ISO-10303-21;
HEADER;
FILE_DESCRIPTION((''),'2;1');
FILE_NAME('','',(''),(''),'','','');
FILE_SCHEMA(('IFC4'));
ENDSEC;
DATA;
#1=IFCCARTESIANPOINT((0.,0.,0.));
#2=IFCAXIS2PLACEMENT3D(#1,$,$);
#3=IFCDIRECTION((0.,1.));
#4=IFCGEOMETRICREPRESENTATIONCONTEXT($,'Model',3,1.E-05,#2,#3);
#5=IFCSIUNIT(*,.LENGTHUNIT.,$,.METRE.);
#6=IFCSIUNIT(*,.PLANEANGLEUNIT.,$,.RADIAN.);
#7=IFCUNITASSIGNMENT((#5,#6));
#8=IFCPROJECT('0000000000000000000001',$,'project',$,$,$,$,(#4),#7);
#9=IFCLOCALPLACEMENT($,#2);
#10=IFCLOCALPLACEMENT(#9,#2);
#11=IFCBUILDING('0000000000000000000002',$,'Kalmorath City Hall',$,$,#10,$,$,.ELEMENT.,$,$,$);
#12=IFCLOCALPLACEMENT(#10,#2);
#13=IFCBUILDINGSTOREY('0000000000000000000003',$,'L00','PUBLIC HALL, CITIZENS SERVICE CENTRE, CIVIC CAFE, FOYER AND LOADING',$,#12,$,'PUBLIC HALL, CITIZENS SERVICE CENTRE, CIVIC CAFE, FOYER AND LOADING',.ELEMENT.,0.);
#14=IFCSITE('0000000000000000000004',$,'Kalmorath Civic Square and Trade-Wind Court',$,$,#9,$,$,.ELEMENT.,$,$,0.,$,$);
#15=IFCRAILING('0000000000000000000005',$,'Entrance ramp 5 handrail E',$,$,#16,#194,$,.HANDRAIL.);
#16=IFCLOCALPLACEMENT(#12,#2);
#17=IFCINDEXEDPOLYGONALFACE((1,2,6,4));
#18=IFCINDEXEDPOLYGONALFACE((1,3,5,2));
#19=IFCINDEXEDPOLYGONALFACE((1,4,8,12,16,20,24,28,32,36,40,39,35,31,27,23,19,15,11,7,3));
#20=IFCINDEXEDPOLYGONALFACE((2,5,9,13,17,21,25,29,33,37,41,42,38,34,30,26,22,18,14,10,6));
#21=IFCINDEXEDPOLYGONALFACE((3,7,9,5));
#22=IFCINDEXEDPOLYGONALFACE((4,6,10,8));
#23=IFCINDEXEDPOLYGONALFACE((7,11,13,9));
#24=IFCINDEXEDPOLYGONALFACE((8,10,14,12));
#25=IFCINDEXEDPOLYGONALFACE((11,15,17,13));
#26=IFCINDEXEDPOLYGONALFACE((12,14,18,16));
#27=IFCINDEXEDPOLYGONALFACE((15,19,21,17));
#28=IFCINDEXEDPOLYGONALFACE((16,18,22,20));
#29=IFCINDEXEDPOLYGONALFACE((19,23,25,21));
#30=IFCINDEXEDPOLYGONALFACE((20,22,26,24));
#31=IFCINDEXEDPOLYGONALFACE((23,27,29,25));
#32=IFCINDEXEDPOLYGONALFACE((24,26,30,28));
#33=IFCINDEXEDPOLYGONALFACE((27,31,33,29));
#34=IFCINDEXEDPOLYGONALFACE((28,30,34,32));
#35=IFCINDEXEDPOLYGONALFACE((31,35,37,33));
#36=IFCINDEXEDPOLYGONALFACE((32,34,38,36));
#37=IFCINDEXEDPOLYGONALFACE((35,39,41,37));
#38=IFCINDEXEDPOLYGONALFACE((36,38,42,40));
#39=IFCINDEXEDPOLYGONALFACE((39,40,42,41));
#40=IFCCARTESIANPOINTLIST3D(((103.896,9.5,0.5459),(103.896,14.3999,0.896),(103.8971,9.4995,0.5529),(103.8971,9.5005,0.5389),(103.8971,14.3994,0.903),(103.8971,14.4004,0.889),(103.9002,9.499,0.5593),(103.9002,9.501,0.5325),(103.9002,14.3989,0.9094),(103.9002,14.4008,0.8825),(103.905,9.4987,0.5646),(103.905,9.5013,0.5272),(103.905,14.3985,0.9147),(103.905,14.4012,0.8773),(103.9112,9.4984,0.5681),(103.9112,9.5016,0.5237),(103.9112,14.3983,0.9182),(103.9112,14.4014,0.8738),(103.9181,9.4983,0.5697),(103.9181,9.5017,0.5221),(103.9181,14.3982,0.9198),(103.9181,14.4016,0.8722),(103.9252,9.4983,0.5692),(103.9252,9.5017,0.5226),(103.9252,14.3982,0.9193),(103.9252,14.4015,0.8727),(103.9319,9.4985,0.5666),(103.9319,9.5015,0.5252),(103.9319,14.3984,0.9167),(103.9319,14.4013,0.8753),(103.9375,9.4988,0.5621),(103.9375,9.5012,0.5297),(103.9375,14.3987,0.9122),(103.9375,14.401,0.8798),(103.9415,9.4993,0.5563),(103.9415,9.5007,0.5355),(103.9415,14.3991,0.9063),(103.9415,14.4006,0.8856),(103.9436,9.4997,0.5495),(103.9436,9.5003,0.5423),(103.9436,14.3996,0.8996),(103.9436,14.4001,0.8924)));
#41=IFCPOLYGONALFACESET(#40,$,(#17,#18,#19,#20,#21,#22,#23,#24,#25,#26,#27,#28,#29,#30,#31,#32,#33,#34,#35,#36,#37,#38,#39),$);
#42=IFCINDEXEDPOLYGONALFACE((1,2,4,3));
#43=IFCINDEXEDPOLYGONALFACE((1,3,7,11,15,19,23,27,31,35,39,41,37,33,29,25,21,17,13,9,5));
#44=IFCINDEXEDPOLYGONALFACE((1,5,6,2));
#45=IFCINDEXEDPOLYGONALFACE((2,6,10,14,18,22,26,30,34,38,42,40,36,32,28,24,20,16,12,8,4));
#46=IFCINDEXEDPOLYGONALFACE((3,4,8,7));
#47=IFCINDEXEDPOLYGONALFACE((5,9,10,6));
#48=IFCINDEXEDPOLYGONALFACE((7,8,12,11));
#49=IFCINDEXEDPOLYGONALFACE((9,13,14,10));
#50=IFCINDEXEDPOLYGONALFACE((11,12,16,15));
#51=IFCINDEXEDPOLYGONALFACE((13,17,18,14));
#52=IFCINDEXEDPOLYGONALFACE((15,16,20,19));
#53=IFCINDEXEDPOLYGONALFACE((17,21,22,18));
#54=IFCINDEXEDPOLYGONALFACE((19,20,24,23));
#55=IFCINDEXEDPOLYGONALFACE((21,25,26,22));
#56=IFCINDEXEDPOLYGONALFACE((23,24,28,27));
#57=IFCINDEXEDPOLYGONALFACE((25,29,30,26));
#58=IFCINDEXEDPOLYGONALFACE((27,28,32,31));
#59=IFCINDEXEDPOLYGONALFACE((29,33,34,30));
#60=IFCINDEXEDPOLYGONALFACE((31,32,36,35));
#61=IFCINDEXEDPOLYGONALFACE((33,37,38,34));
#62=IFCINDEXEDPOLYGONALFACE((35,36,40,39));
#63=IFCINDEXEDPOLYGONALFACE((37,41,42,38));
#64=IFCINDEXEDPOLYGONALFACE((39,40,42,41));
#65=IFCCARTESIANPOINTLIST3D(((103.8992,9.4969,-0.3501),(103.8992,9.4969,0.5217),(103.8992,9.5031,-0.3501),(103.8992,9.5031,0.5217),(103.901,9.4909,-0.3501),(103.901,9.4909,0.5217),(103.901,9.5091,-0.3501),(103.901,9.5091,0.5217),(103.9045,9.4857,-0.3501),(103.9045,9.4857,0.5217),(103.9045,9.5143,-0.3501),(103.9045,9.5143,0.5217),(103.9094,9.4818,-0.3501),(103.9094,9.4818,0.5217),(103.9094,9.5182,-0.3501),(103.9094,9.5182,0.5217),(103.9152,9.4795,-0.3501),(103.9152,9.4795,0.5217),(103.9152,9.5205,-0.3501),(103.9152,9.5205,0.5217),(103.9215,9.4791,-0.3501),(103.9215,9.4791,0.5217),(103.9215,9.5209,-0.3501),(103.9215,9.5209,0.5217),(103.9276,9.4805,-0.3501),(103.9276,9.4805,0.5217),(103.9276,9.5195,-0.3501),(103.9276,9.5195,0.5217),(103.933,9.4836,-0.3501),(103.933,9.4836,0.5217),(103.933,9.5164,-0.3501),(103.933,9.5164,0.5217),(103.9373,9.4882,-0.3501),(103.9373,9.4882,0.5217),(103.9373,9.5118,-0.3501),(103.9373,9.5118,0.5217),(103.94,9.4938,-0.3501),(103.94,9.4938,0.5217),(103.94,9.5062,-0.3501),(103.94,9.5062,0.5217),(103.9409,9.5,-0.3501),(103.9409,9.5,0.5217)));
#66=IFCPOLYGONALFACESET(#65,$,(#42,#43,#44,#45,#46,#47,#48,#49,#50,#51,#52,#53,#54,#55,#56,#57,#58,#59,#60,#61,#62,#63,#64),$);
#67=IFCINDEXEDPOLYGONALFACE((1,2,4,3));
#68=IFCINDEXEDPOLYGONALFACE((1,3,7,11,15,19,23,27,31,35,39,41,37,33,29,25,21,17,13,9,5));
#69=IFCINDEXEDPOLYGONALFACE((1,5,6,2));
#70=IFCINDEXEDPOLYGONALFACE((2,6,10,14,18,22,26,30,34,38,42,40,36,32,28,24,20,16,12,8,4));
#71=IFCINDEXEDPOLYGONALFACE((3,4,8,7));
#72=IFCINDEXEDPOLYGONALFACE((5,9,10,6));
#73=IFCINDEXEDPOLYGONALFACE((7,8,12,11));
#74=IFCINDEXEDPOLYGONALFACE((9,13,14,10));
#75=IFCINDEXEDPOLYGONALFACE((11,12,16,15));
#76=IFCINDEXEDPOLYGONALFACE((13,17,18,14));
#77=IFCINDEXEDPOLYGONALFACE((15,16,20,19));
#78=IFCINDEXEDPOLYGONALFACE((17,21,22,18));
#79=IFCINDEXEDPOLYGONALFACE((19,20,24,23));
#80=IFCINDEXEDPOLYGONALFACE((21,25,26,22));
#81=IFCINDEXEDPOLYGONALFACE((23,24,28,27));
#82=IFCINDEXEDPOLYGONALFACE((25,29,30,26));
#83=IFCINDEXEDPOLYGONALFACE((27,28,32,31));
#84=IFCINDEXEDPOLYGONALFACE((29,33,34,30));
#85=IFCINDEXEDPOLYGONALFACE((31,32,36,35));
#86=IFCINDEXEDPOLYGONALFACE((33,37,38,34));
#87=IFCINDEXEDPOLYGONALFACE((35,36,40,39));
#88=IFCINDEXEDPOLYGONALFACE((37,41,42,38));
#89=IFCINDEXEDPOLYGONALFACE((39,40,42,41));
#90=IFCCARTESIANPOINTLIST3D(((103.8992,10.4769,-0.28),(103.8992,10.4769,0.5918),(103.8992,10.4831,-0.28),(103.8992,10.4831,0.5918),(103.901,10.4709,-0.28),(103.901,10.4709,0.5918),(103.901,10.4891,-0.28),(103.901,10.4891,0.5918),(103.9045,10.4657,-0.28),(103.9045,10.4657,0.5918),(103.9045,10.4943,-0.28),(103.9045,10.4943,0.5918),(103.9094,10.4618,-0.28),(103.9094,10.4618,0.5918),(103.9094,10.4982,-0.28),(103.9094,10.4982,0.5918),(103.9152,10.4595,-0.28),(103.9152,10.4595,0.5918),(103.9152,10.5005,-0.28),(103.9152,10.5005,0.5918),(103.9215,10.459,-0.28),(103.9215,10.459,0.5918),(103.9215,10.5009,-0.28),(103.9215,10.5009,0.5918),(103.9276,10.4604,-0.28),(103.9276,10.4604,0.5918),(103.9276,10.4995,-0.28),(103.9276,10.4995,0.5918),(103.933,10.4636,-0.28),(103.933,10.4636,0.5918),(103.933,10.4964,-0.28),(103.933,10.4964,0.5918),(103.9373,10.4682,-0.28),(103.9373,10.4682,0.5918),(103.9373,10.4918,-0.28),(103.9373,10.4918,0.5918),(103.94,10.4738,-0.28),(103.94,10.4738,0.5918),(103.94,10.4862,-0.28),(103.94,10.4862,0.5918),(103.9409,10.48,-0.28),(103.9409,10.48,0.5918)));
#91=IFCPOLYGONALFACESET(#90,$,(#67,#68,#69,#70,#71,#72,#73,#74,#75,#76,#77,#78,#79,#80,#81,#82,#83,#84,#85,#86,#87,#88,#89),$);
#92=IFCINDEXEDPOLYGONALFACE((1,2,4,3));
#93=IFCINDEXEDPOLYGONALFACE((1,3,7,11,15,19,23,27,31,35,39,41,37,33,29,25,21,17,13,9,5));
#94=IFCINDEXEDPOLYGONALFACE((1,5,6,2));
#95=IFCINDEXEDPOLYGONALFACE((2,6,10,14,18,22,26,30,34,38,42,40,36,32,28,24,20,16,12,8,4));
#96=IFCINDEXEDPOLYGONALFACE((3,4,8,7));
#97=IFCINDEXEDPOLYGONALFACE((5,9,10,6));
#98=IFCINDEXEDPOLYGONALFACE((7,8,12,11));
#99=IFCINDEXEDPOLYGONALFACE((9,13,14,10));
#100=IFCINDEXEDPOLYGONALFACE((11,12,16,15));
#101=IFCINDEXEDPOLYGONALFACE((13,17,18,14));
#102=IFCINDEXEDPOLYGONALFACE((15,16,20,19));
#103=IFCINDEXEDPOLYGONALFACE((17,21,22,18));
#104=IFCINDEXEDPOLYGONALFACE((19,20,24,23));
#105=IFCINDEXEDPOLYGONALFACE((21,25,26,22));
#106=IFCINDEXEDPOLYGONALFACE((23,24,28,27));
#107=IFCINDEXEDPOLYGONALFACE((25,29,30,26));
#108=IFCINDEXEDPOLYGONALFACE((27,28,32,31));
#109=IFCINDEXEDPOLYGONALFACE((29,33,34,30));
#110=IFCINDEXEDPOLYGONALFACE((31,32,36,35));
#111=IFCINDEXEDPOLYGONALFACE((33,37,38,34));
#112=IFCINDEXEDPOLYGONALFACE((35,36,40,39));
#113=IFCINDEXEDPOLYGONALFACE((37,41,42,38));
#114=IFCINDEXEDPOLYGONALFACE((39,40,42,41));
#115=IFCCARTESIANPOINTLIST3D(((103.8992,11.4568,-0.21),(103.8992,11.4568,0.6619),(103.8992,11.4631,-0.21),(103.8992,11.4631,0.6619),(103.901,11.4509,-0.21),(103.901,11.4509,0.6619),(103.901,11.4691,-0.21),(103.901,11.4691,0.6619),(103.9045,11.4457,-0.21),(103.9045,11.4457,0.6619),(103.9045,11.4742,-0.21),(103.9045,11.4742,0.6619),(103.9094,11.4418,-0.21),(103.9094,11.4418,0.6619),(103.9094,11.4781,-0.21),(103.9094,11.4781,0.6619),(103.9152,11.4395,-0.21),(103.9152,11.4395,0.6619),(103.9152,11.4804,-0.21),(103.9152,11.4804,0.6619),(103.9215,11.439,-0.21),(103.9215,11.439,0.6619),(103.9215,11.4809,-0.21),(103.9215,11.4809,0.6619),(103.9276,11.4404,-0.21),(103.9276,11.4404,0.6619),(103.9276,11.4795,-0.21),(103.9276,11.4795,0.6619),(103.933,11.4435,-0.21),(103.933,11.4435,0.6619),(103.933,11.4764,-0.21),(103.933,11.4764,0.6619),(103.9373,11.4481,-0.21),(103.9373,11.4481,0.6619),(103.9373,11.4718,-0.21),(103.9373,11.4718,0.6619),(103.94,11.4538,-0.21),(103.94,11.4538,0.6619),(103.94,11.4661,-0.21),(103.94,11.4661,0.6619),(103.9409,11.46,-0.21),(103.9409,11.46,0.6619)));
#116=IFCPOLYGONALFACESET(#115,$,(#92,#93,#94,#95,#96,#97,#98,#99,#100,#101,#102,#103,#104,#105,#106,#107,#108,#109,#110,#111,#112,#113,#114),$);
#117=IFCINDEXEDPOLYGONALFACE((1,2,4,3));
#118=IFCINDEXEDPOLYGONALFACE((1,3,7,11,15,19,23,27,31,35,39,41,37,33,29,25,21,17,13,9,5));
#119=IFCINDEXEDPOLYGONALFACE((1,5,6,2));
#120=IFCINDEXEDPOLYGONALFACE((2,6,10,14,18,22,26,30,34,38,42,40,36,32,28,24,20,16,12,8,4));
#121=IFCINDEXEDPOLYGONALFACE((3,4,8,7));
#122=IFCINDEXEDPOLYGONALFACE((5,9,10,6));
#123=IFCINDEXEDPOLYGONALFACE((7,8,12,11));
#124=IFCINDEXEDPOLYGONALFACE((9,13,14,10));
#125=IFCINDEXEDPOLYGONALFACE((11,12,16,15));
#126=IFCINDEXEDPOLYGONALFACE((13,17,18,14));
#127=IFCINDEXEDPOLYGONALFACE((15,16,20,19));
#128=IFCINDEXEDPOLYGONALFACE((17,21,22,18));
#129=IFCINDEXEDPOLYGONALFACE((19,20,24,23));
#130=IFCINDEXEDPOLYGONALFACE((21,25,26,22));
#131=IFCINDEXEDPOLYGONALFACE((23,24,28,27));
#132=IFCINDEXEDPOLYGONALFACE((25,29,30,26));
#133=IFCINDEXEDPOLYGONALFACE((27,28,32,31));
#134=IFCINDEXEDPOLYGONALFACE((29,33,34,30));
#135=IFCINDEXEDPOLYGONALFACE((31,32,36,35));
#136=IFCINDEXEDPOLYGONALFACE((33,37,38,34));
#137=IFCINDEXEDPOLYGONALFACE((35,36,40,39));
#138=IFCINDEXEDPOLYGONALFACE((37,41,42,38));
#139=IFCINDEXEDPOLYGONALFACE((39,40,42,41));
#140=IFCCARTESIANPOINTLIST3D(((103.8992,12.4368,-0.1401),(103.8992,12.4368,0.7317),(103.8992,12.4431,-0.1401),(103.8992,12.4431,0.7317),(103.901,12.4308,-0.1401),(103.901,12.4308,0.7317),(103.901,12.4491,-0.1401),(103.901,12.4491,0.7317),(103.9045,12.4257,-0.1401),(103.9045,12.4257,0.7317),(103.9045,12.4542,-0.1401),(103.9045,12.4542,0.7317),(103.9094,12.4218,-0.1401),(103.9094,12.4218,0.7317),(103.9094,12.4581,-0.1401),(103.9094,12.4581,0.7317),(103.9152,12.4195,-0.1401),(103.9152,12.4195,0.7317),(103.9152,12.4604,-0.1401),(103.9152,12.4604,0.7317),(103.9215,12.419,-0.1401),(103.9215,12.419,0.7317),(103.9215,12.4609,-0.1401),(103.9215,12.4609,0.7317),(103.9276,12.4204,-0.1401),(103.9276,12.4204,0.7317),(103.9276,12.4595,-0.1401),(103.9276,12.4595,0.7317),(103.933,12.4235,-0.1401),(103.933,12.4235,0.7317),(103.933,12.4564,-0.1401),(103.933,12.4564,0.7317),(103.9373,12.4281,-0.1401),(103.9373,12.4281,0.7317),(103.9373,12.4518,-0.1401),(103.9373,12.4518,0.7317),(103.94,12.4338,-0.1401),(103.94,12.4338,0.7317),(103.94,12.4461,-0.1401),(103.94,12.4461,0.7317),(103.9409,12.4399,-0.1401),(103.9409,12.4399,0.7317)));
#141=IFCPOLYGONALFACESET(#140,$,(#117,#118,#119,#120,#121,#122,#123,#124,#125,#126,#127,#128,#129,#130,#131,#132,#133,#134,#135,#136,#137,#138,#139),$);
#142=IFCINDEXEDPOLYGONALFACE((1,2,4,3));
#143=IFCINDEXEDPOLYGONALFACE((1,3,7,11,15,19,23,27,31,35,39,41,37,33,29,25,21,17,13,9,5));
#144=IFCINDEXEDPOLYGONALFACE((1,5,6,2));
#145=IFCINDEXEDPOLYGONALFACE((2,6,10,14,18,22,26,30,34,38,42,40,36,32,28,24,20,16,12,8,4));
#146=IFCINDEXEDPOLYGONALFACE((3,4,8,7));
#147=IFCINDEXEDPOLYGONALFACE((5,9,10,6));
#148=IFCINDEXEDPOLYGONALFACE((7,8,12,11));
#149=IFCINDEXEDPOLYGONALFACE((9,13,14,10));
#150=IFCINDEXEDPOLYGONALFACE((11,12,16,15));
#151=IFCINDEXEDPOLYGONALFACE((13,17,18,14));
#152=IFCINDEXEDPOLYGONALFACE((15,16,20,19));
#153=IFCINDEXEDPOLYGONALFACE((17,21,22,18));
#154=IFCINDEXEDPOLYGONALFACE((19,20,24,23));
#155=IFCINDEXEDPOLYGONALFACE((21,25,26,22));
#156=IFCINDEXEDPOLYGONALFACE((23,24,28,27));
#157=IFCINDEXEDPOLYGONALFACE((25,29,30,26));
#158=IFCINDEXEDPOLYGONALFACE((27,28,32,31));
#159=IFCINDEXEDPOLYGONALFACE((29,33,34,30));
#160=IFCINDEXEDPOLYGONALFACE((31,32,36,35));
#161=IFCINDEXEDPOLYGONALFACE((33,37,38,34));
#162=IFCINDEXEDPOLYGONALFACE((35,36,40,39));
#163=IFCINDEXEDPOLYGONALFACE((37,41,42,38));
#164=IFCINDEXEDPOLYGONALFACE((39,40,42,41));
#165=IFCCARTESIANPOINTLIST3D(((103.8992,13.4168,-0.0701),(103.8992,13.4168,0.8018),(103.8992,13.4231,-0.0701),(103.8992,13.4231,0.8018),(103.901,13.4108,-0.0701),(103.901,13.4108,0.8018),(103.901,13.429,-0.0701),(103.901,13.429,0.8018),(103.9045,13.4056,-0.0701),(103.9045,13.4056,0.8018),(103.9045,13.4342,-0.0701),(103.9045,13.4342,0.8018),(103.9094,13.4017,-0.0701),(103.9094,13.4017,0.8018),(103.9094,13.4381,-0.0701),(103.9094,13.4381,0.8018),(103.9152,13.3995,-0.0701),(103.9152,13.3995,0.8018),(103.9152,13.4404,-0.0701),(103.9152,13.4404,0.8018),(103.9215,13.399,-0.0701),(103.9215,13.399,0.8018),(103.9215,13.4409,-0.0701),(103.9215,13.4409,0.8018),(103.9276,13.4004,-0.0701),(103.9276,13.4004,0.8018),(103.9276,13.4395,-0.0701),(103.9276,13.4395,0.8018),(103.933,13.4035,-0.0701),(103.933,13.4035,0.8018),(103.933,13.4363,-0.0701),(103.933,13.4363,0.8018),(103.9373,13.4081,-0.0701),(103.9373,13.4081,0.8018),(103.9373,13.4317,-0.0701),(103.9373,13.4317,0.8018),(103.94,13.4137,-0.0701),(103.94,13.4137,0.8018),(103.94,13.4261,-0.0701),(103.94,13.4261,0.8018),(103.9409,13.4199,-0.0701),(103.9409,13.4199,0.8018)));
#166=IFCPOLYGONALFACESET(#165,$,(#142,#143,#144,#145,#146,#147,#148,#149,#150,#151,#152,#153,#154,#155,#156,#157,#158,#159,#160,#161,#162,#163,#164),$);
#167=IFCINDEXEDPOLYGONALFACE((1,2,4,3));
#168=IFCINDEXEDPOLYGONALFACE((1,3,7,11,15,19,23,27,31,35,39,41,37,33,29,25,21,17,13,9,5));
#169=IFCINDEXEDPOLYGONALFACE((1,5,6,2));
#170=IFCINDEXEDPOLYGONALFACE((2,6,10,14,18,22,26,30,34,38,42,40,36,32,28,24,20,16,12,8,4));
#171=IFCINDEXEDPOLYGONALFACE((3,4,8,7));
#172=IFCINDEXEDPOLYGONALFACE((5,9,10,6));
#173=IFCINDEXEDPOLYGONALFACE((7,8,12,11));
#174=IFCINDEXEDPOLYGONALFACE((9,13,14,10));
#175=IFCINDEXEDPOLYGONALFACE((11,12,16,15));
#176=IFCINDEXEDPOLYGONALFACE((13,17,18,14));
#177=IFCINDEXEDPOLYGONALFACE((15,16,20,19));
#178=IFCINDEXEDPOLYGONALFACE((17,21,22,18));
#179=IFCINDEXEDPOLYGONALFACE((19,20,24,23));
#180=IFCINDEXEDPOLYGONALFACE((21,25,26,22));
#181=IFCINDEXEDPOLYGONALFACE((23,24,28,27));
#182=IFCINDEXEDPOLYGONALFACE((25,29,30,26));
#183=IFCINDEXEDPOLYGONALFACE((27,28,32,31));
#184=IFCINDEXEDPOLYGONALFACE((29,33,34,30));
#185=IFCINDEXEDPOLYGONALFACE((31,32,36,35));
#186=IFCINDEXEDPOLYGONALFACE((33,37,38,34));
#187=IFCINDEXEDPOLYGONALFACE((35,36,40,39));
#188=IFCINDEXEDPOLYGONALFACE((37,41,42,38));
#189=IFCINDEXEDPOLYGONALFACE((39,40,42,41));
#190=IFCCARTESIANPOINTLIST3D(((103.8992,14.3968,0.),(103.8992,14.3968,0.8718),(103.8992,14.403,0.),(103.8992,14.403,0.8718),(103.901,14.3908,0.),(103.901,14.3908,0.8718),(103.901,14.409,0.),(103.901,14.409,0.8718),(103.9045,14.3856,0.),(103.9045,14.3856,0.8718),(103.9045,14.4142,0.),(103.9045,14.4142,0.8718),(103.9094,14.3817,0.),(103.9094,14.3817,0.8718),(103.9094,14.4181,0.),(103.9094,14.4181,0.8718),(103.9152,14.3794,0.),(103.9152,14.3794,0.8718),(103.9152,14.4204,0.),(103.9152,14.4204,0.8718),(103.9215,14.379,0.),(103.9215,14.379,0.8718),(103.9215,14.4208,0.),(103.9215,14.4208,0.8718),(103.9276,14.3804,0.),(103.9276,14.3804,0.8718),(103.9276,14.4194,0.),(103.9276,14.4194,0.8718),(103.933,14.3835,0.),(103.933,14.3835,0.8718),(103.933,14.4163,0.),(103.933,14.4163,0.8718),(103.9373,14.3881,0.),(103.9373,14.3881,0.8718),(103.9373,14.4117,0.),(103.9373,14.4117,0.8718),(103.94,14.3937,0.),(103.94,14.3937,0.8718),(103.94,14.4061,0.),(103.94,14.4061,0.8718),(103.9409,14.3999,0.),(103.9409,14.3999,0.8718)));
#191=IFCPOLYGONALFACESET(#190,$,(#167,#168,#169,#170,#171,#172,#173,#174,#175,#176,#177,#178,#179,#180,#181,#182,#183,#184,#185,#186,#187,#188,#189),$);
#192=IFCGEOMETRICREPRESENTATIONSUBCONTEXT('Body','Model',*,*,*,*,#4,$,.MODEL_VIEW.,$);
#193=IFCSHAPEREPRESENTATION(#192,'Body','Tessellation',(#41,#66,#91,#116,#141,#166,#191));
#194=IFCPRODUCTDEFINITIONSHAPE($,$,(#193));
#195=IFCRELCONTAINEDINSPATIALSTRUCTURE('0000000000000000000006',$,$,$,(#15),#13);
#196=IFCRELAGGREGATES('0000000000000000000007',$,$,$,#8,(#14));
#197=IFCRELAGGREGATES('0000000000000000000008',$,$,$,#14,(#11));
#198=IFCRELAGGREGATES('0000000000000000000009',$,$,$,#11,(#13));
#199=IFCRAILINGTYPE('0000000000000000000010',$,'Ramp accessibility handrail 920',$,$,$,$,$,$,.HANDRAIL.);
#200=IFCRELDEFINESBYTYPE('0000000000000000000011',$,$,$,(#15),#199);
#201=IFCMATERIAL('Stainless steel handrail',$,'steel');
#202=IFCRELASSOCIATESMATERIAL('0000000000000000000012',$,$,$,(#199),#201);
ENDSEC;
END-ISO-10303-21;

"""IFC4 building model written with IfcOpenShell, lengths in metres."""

from ifc_helpers import new_model, si_unit, direction, frame, origin, origin_2d, place, context, subcontext, project, spatial, circle, extrude, material, type_object, element, save


model = new_model("IFC4")

# Units and contexts
model_context = context("Model", 3, precision=1e-05, world=origin(), true_north=direction((0.0, 1.0)))
body_context = subcontext(model_context, "Body", "Model", "MODEL_VIEW")
ifc_project = project(units=[si_unit("LENGTHUNIT", "METRE"), si_unit("PLANEANGLEUNIT", "RADIAN")], contexts=[model_context])

# Site, building, storey
site_placement = place(None, origin())
site = spatial("IfcSite", under=ifc_project, at=site_placement, Name="Kalmorath Civic Square and Trade-Wind Court", CompositionType="ELEMENT", RefElevation=0.0)
building_placement = place(site_placement, origin())
building = spatial("IfcBuilding", under=site, at=building_placement, Name="Kalmorath City Hall", CompositionType="ELEMENT")
storey_placement = place(building_placement, origin())
storey = spatial("IfcBuildingStorey", under=building, at=storey_placement, Name="L00", Description="PUBLIC HALL, CITIZENS SERVICE CENTRE, CIVIC CAFE, FOYER AND LOADING", LongName="PUBLIC HALL, CITIZENS SERVICE CENTRE, CIVIC CAFE, FOYER AND LOADING", CompositionType="ELEMENT", Elevation=0.0)

# Railing
ifc_material_1 = material(Name="Stainless steel handrail", Category="steel")
railing_type = type_object("IfcRailingType", Name="Ramp accessibility handrail 920", PredefinedType="HANDRAIL", material=ifc_material_1)
railing_placement = place(storey_placement, frame((103.9199, 9.5, -0.3501)))
element("IfcRailing", 1, at=railing_placement, inside=storey, type_object=railing_type, Name="Entrance ramp 5 handrail E", PredefinedType="HANDRAIL", context=body_context, shape_type="SweptSolid", body=[
    extrude(circle(Radius=0.0239, at=origin_2d()), frame((0.0, 0.0, 0.896), z_axis=(0.0, 0.997457, 0.071268), x_axis=(-1.0, 0.0, 0.0)), (0.0, 0.0, 1.0), 4.9124),
    extrude(circle(Radius=0.021, at=origin_2d()), origin(), (0.0, 0.0, 1.0), 0.8718),
    extrude(circle(Radius=0.021, at=origin_2d()), frame((0.0, 0.98, 0.0701)), (0.0, 0.0, 1.0), 0.8718),
    extrude(circle(Radius=0.021, at=origin_2d()), frame((0.0, 1.96, 0.1401)), (0.0, 0.0, 1.0), 0.8718),
    extrude(circle(Radius=0.021, at=origin_2d()), frame((0.0, 2.9399, 0.21)), (0.0, 0.0, 1.0), 0.8718),
    extrude(circle(Radius=0.021, at=origin_2d()), frame((0.0, 3.9199, 0.28)), (0.0, 0.0, 1.0), 0.8718),
    extrude(circle(Radius=0.021, at=origin_2d()), frame((0.0, 4.8999, 0.3501)), (0.0, 0.0, 1.0), 0.8718),
])

save(model, "model.ifc")
